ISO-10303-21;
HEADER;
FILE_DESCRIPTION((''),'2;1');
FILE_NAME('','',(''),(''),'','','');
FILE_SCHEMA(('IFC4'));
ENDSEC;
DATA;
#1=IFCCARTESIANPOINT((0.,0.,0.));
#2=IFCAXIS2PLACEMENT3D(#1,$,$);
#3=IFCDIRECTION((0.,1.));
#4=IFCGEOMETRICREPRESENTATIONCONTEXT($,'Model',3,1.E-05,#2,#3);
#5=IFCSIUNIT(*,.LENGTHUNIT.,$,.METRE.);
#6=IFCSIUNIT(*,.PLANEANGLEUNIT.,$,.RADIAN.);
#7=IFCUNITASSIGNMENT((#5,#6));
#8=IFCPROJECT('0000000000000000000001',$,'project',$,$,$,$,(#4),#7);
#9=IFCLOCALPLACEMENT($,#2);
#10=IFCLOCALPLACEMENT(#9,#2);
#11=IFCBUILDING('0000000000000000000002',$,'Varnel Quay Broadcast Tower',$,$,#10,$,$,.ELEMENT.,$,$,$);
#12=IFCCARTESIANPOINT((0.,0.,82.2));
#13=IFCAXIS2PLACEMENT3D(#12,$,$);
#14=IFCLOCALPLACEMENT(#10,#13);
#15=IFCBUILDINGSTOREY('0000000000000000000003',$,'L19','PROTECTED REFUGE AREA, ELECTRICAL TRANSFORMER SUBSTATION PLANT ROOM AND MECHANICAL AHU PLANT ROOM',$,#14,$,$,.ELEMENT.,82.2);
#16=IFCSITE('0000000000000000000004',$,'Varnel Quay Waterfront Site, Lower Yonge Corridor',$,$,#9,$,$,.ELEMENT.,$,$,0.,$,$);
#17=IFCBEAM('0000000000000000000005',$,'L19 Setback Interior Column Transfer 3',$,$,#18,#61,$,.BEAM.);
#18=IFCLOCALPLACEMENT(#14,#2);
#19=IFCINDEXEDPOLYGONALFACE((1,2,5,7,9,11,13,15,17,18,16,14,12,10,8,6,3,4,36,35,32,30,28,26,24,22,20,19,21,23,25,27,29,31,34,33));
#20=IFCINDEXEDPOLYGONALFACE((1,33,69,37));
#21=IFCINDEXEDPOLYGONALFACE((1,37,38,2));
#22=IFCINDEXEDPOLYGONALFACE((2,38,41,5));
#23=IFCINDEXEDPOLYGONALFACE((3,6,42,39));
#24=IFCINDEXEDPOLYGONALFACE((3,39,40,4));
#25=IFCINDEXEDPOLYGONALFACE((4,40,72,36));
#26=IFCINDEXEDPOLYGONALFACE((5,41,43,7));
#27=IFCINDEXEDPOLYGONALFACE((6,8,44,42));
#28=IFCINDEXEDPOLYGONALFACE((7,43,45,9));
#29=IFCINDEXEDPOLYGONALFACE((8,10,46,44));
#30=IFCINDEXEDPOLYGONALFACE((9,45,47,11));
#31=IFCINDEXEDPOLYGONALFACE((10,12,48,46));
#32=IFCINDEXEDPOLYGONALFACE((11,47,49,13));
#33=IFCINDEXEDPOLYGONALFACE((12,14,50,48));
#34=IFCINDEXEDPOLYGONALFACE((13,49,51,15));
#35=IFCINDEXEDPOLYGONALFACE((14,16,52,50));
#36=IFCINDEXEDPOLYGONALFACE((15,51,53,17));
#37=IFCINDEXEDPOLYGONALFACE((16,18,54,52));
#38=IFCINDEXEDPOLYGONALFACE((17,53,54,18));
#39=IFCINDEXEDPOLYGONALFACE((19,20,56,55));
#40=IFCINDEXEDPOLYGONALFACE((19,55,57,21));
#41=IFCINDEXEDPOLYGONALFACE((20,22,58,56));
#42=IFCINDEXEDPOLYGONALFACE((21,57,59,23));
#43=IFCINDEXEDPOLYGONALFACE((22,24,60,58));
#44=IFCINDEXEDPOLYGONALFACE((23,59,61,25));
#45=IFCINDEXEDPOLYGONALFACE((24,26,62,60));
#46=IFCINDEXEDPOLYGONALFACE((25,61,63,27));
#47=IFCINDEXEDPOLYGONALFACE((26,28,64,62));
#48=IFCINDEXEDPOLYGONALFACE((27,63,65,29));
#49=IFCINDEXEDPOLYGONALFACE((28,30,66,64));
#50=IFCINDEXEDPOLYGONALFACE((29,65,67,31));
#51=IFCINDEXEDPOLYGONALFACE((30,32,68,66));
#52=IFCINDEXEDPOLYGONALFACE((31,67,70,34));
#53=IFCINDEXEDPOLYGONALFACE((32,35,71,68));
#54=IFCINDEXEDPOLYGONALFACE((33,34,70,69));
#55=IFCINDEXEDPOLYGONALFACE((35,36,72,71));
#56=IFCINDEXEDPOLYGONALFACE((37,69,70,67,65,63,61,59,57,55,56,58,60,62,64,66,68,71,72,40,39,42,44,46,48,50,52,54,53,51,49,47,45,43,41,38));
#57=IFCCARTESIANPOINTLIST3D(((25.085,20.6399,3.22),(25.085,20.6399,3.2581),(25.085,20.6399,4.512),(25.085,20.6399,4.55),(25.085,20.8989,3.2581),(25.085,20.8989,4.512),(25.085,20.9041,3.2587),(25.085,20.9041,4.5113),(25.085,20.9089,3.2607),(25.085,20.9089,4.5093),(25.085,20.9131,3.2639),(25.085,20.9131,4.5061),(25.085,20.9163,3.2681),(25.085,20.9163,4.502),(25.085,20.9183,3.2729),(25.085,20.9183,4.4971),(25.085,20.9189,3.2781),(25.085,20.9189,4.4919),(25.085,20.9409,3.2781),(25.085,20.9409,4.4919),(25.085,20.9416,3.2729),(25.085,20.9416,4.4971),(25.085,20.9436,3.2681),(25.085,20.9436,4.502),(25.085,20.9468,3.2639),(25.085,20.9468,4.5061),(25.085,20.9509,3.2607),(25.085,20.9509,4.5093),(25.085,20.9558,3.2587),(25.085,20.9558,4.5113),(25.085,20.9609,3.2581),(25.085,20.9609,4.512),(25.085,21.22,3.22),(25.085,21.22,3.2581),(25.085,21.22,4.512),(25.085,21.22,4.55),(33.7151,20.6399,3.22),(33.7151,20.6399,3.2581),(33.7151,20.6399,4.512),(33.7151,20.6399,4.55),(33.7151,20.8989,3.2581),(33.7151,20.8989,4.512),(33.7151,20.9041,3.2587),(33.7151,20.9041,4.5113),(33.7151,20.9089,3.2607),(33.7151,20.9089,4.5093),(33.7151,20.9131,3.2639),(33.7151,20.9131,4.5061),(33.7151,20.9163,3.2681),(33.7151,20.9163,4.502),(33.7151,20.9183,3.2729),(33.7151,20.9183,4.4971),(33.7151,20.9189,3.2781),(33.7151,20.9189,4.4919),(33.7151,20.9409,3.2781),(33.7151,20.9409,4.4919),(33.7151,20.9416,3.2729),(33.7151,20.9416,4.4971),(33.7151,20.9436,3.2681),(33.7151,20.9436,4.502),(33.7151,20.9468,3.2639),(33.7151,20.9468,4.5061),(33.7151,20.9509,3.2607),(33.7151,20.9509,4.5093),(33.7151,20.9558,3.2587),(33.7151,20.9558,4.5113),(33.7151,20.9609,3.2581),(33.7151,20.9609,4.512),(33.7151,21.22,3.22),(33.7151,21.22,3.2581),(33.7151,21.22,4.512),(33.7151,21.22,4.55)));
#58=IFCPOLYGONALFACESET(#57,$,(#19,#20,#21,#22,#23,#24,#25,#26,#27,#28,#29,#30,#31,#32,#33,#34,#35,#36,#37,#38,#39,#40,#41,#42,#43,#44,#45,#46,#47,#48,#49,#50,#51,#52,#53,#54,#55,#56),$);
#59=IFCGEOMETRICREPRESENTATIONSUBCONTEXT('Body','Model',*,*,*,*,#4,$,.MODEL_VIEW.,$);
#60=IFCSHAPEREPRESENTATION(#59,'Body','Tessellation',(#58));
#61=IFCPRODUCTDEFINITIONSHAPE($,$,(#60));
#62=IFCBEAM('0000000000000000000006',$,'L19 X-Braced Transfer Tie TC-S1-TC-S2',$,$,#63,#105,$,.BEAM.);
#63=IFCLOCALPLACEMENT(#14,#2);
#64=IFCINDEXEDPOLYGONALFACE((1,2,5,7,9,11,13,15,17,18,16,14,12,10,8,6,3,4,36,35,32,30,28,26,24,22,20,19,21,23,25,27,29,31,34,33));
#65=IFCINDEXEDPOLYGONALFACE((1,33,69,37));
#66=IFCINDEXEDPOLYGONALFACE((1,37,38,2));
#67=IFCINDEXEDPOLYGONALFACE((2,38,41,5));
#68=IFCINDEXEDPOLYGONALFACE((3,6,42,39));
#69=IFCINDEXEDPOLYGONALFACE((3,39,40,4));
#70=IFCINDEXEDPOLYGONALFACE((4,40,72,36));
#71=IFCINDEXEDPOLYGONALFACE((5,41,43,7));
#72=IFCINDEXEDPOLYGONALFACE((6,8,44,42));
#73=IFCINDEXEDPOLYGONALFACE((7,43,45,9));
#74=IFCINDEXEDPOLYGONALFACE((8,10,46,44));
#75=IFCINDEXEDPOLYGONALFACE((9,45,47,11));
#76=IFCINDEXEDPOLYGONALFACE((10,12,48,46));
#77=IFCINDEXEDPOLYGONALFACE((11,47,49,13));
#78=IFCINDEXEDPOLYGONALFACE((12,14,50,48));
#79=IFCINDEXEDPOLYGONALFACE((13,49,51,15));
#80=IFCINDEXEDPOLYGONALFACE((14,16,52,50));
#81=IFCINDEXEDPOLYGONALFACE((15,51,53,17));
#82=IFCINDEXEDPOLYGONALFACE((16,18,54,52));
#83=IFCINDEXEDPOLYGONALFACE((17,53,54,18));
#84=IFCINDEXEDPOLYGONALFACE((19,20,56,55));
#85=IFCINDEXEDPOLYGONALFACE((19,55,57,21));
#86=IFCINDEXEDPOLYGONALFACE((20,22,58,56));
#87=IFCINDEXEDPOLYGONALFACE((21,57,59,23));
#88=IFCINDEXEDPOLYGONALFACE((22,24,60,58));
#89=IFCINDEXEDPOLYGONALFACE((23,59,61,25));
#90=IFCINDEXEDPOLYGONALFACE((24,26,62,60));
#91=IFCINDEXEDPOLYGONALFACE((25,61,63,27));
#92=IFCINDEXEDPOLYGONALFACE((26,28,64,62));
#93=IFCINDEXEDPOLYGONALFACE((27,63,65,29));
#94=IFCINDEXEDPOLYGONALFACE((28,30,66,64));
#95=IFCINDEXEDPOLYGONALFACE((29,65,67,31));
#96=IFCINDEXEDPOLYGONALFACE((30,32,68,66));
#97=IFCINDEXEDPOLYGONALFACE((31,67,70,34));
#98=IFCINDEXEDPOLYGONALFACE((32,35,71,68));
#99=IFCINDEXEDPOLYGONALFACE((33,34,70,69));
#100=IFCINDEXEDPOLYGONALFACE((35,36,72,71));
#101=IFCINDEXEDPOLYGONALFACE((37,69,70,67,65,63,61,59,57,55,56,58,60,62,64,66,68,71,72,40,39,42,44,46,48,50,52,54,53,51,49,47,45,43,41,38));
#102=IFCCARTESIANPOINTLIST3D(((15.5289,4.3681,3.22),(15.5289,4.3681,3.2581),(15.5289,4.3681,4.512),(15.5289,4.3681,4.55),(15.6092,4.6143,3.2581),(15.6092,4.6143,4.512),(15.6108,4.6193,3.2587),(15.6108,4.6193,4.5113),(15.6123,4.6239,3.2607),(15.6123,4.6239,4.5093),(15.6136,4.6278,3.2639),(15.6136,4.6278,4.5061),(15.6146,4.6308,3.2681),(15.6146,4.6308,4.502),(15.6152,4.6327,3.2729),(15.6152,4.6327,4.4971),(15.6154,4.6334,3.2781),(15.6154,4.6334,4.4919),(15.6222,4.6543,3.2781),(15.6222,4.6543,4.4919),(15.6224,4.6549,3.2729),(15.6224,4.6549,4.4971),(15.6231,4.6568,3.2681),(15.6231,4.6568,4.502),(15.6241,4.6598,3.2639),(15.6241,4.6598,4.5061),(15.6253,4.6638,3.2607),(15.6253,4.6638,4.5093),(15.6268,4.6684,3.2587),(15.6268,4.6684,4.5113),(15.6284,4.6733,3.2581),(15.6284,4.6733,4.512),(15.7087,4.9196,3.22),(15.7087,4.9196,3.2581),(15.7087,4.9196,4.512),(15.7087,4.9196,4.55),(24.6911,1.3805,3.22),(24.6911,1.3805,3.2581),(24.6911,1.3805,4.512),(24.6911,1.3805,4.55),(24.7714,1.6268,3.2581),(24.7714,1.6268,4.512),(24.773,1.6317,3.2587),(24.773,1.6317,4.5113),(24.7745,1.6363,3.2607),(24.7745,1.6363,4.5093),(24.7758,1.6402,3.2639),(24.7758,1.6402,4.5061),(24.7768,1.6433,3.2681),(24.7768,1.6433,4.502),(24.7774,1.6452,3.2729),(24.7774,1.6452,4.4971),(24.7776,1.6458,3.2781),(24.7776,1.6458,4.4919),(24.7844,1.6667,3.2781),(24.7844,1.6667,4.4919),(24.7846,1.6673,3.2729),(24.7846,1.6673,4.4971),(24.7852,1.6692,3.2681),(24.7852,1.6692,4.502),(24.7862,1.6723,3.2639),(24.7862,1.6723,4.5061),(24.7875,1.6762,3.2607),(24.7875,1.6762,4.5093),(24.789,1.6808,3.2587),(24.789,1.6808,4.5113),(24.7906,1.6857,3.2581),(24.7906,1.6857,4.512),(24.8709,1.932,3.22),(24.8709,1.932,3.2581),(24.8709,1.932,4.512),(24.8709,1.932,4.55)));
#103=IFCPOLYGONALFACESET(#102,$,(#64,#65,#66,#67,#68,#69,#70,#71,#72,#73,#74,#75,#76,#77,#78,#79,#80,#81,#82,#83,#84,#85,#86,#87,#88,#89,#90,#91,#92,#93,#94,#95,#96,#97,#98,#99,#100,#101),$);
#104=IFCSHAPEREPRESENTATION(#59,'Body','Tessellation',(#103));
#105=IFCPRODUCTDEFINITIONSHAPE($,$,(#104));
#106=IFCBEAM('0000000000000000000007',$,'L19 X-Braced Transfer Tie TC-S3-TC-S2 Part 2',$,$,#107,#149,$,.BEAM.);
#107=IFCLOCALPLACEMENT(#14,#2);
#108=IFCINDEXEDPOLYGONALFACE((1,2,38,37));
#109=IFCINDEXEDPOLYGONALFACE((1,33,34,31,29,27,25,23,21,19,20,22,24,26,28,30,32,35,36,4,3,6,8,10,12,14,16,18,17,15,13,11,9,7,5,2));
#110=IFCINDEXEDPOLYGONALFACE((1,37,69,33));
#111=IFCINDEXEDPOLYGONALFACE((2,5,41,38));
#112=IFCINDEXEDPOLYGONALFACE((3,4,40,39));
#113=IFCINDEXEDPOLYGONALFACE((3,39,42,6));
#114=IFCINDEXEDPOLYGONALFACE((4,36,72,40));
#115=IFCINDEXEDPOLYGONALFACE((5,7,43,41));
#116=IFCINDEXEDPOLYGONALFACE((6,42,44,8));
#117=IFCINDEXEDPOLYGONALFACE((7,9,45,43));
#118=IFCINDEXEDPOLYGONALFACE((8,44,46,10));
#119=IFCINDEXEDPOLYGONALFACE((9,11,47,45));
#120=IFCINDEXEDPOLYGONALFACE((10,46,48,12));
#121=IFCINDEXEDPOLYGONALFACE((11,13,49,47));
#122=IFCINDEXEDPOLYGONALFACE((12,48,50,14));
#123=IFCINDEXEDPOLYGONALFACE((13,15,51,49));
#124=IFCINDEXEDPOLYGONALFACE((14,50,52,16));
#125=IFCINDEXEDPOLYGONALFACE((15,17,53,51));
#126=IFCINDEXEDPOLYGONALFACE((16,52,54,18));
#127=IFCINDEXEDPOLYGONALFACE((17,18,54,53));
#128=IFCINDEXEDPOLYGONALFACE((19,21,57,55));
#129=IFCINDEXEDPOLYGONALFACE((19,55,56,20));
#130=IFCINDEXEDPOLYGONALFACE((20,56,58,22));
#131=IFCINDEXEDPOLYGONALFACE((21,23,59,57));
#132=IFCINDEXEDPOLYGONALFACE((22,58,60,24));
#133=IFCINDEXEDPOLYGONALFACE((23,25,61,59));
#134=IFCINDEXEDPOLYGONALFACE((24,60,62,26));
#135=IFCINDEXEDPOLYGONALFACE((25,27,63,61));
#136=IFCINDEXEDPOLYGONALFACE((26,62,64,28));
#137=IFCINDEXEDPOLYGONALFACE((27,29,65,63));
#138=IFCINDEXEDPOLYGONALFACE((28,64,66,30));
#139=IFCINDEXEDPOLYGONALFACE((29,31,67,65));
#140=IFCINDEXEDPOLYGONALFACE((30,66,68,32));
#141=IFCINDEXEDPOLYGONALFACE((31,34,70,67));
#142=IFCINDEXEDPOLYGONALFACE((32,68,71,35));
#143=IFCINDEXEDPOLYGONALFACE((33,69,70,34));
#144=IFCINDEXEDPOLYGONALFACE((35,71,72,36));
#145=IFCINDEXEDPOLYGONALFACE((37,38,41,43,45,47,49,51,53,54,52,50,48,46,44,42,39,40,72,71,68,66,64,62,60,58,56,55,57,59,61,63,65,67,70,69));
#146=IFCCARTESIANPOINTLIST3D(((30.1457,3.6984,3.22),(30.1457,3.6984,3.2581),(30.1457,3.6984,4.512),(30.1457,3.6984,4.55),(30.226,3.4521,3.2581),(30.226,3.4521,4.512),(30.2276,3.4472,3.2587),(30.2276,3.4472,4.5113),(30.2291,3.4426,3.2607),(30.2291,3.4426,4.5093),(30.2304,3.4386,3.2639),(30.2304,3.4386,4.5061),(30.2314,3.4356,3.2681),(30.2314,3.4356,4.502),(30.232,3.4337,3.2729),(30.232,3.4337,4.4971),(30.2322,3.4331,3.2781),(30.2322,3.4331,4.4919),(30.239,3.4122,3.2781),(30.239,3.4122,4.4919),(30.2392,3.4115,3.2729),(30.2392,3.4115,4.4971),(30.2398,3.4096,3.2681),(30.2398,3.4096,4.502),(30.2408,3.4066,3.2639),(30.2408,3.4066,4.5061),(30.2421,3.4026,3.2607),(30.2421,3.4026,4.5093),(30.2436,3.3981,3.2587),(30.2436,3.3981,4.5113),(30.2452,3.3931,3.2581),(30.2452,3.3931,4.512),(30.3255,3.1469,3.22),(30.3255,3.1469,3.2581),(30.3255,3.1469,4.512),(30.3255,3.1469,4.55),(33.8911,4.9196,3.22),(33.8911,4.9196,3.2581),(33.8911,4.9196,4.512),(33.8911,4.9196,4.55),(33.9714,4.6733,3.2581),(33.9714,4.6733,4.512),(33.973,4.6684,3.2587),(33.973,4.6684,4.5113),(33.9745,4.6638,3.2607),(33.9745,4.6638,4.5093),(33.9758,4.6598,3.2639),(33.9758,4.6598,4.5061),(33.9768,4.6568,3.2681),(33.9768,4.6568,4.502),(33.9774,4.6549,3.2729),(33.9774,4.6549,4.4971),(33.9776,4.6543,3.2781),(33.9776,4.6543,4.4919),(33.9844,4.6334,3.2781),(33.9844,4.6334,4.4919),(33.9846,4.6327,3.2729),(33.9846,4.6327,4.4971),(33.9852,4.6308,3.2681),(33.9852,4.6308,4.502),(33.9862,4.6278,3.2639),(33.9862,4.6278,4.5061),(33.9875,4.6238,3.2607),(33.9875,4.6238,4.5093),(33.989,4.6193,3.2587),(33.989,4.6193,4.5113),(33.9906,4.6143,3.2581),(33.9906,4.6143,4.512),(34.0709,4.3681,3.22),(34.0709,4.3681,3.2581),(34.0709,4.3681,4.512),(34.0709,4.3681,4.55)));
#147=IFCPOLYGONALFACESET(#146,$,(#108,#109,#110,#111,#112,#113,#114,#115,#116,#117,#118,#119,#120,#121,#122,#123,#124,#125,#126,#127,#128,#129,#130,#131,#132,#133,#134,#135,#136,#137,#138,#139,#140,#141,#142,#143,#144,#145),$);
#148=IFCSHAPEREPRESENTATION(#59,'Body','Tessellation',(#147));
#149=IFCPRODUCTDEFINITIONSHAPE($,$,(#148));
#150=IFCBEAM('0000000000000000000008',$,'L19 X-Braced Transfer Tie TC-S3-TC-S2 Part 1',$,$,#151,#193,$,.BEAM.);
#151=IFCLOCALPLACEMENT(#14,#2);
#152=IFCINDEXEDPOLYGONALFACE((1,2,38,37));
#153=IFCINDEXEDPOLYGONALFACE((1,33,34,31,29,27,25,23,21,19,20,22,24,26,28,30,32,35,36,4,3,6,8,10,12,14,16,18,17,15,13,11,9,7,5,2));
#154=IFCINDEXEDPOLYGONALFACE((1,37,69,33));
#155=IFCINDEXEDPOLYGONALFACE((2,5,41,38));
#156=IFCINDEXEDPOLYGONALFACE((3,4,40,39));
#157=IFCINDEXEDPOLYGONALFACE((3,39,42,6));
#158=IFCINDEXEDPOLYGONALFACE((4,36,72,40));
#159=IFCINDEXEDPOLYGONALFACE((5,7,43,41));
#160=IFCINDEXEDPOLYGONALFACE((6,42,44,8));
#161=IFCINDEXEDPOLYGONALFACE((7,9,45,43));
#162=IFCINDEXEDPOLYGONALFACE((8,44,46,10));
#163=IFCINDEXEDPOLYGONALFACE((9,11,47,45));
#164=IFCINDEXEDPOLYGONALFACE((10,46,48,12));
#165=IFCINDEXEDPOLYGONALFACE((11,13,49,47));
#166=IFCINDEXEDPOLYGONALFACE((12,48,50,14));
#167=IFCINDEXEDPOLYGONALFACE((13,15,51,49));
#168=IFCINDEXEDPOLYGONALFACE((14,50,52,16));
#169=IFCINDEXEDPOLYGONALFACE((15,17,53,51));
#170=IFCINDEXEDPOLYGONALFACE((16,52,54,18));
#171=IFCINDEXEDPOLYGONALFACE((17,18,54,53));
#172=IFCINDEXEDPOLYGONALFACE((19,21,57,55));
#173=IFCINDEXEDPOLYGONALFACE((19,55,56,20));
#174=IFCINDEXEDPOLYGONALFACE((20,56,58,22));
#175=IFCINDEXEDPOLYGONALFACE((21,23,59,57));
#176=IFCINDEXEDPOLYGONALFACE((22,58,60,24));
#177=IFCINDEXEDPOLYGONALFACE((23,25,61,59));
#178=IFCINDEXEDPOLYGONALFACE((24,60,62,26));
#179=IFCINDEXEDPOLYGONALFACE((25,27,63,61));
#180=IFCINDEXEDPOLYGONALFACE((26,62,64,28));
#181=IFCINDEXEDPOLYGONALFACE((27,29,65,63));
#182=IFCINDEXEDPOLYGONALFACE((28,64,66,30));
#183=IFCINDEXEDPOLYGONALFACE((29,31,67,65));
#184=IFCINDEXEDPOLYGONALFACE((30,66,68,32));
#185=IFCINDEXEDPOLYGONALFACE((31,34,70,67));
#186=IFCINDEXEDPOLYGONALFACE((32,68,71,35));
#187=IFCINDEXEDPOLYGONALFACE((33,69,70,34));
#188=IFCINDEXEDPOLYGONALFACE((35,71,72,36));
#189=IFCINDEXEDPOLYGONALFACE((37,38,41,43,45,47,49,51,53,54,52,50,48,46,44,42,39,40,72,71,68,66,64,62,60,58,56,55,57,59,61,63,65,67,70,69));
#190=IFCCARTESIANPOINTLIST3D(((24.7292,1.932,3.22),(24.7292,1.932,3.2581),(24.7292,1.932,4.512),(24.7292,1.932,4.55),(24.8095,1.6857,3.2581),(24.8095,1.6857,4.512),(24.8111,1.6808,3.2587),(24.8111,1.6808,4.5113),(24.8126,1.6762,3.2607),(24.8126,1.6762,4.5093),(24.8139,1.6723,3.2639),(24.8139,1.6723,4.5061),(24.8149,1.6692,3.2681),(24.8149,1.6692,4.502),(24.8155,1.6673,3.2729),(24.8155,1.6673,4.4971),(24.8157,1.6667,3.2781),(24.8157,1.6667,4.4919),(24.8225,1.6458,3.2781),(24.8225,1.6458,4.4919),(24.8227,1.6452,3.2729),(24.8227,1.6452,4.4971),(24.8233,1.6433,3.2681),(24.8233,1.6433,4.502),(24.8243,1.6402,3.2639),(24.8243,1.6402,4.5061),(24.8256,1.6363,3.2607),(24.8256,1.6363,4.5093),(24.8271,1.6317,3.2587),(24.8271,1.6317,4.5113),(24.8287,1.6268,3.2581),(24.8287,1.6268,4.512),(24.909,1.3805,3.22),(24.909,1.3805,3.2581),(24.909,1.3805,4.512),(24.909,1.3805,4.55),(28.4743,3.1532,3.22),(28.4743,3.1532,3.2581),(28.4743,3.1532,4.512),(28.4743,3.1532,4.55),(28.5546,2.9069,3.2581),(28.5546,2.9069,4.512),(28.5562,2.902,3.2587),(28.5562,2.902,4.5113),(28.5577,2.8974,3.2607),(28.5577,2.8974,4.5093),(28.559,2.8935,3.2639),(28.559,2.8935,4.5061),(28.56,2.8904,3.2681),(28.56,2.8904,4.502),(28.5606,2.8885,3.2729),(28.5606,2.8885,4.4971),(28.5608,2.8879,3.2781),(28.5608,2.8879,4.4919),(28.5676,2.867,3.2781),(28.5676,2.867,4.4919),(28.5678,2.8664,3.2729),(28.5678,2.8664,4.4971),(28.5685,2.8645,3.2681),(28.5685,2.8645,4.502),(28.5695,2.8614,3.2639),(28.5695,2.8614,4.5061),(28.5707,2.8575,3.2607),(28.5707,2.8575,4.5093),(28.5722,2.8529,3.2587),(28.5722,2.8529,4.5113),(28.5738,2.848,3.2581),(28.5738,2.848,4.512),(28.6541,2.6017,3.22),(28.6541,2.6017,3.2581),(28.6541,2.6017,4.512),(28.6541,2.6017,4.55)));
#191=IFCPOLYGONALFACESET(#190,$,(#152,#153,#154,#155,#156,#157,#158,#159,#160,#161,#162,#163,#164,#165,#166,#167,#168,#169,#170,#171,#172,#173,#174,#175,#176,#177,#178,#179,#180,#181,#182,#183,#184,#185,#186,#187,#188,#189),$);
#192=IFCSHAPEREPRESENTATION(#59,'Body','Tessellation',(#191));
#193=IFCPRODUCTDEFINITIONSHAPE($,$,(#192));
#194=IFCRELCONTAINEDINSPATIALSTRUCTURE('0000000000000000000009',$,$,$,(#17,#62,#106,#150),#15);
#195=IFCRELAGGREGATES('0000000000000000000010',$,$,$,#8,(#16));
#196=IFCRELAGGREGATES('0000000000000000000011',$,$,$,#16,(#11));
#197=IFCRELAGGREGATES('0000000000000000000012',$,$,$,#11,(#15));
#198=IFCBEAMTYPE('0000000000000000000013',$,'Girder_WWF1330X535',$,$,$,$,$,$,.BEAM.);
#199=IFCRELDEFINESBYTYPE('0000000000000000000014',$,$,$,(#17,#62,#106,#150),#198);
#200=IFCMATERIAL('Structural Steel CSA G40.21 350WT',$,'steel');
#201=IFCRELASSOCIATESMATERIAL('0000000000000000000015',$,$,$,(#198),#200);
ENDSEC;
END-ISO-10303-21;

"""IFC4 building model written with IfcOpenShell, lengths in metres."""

from ifc_helpers import new_model, si_unit, direction, frame, origin, origin_2d, place, context, subcontext, project, spatial, i_section, extrude, source, transform, mapped, material, material_profile, profile_set, type_object, element, save


model = new_model("IFC4")

# Units and contexts
model_context = context("Model", 3, precision=1e-05, world=origin(), true_north=direction((0.0, 1.0)))
body_context = subcontext(model_context, "Body", "Model", "MODEL_VIEW")
ifc_project = project(units=[si_unit("LENGTHUNIT", "METRE"), si_unit("PLANEANGLEUNIT", "RADIAN")], contexts=[model_context])

# Site, building, storey
site_placement = place(None, origin())
site = spatial("IfcSite", under=ifc_project, at=site_placement, Name="Varnel Quay Waterfront Site, Lower Yonge Corridor", CompositionType="ELEMENT", RefElevation=0.0)
building_placement = place(site_placement, origin())
building = spatial("IfcBuilding", under=site, at=building_placement, Name="Varnel Quay Broadcast Tower", CompositionType="ELEMENT")
storey_placement = place(building_placement, frame((0.0, 0.0, 82.2)))
storey = spatial("IfcBuildingStorey", under=building, at=storey_placement, Name="L19", Description="PROTECTED REFUGE AREA, ELECTRICAL TRANSFORMER SUBSTATION PLANT ROOM AND MECHANICAL AHU PLANT ROOM", CompositionType="ELEMENT", Elevation=82.2)

# Beams
ifc_material_1 = material(Name="Structural Steel CSA G40.21 350WT", Category="steel")
ifc_material_profile_1 = material_profile(ifc_material_1, i_section(OverallWidth=0.5801, OverallDepth=1.3301, WebThickness=0.022, FlangeThickness=0.0381, FilletRadius=0.02, at=origin_2d()), Name="WWF1330X535")
ifc_profile_set_1 = profile_set([ifc_material_profile_1], Name="Structural Steel CSA G40.21 350WT")
beam_type_1 = type_object("IfcBeamType", Name="Girder_WWF1330X535", PredefinedType="BEAM", material=ifc_profile_set_1)
shared_shape_1 = source(origin(), body_context, "Body", "SweptSolid", [
    extrude(i_section(OverallWidth=0.5801, OverallDepth=1.3301, WebThickness=0.022, FlangeThickness=0.0381, FilletRadius=0.02, at=origin_2d()), origin(), (0.0, 0.0, 1.0), 8.6301),
])
beam_1_placement = place(storey_placement, frame((25.085, 20.9299, 3.885), z_axis=(1.0, 0.0, 0.0), x_axis=(0.0, 1.0, 0.0)))
element("IfcBeam", 1, at=beam_1_placement, inside=storey, type_object=beam_type_1, Name="L19 Setback Interior Column Transfer 3", PredefinedType="BEAM", context=body_context, shape_type="MappedRepresentation", body=[
    mapped(shared_shape_1, transform((0.0, 0.0, 0.0), x_axis=(1.0, 0.0, 0.0), y_axis=(0.0, 1.0, 0.0), z_axis=(0.0, 0.0, 1.0), scale=1.0)),
])
shared_shape_2 = source(origin(), body_context, "Body", "SweptSolid", [
    extrude(i_section(OverallWidth=0.5801, OverallDepth=1.3301, WebThickness=0.022, FlangeThickness=0.0381, FilletRadius=0.02, at=origin_2d()), origin(), (0.0, 0.0, 1.0), 9.637),
])
beam_2_placement = place(storey_placement, frame((24.781, 1.6562, 3.885), z_axis=(-0.950733, 0.310012, 0.0), x_axis=(-0.310012, -0.950733, 0.0)))
element("IfcBeam", 2, at=beam_2_placement, inside=storey, type_object=beam_type_1, Name="L19 X-Braced Transfer Tie TC-S1-TC-S2", PredefinedType="BEAM", context=body_context, shape_type="MappedRepresentation", body=[
    mapped(shared_shape_2, transform((0.0, 0.0, 0.0), x_axis=(1.0, 0.0, 0.0), y_axis=(0.0, 1.0, 0.0), z_axis=(0.0, 0.0, 1.0), scale=1.0)),
])
shared_shape_3 = source(origin(), body_context, "Body", "SweptSolid", [
    extrude(i_section(OverallWidth=0.5801, OverallDepth=1.3301, WebThickness=0.022, FlangeThickness=0.0381, FilletRadius=0.02, at=origin_2d()), origin(), (0.0, 0.0, 1.0), 3.9395),
])
beam_3_placement = place(storey_placement, frame((30.2356, 3.4226, 3.885), z_axis=(0.950739, 0.309993, 0.0), x_axis=(-0.309993, 0.950739, 0.0)))
element("IfcBeam", 3, at=beam_3_placement, inside=storey, type_object=beam_type_1, Name="L19 X-Braced Transfer Tie TC-S3-TC-S2 Part 2", PredefinedType="BEAM", context=body_context, shape_type="MappedRepresentation", body=[
    mapped(shared_shape_3, transform((0.0, 0.0, 0.0), x_axis=(1.0, 0.0, 0.0), y_axis=(0.0, 1.0, 0.0), z_axis=(0.0, 0.0, 1.0), scale=1.0)),
])
shared_shape_4 = source(origin(), body_context, "Body", "SweptSolid", [
    extrude(i_section(OverallWidth=0.5801, OverallDepth=1.3301, WebThickness=0.022, FlangeThickness=0.0381, FilletRadius=0.02, at=origin_2d()), origin(), (0.0, 0.0, 1.0), 3.9392),
])
beam_4_placement = place(storey_placement, frame((24.8191, 1.6562, 3.885), z_axis=(0.950733, 0.310011, 0.0), x_axis=(-0.310011, 0.950733, 0.0)))
element("IfcBeam", 4, at=beam_4_placement, inside=storey, type_object=beam_type_1, Name="L19 X-Braced Transfer Tie TC-S3-TC-S2 Part 1", PredefinedType="BEAM", context=body_context, shape_type="MappedRepresentation", body=[
    mapped(shared_shape_4, transform((0.0, 0.0, 0.0), x_axis=(1.0, 0.0, 0.0), y_axis=(0.0, 1.0, 0.0), z_axis=(0.0, 0.0, 1.0), scale=1.0)),
])

save(model, "model.ifc")
